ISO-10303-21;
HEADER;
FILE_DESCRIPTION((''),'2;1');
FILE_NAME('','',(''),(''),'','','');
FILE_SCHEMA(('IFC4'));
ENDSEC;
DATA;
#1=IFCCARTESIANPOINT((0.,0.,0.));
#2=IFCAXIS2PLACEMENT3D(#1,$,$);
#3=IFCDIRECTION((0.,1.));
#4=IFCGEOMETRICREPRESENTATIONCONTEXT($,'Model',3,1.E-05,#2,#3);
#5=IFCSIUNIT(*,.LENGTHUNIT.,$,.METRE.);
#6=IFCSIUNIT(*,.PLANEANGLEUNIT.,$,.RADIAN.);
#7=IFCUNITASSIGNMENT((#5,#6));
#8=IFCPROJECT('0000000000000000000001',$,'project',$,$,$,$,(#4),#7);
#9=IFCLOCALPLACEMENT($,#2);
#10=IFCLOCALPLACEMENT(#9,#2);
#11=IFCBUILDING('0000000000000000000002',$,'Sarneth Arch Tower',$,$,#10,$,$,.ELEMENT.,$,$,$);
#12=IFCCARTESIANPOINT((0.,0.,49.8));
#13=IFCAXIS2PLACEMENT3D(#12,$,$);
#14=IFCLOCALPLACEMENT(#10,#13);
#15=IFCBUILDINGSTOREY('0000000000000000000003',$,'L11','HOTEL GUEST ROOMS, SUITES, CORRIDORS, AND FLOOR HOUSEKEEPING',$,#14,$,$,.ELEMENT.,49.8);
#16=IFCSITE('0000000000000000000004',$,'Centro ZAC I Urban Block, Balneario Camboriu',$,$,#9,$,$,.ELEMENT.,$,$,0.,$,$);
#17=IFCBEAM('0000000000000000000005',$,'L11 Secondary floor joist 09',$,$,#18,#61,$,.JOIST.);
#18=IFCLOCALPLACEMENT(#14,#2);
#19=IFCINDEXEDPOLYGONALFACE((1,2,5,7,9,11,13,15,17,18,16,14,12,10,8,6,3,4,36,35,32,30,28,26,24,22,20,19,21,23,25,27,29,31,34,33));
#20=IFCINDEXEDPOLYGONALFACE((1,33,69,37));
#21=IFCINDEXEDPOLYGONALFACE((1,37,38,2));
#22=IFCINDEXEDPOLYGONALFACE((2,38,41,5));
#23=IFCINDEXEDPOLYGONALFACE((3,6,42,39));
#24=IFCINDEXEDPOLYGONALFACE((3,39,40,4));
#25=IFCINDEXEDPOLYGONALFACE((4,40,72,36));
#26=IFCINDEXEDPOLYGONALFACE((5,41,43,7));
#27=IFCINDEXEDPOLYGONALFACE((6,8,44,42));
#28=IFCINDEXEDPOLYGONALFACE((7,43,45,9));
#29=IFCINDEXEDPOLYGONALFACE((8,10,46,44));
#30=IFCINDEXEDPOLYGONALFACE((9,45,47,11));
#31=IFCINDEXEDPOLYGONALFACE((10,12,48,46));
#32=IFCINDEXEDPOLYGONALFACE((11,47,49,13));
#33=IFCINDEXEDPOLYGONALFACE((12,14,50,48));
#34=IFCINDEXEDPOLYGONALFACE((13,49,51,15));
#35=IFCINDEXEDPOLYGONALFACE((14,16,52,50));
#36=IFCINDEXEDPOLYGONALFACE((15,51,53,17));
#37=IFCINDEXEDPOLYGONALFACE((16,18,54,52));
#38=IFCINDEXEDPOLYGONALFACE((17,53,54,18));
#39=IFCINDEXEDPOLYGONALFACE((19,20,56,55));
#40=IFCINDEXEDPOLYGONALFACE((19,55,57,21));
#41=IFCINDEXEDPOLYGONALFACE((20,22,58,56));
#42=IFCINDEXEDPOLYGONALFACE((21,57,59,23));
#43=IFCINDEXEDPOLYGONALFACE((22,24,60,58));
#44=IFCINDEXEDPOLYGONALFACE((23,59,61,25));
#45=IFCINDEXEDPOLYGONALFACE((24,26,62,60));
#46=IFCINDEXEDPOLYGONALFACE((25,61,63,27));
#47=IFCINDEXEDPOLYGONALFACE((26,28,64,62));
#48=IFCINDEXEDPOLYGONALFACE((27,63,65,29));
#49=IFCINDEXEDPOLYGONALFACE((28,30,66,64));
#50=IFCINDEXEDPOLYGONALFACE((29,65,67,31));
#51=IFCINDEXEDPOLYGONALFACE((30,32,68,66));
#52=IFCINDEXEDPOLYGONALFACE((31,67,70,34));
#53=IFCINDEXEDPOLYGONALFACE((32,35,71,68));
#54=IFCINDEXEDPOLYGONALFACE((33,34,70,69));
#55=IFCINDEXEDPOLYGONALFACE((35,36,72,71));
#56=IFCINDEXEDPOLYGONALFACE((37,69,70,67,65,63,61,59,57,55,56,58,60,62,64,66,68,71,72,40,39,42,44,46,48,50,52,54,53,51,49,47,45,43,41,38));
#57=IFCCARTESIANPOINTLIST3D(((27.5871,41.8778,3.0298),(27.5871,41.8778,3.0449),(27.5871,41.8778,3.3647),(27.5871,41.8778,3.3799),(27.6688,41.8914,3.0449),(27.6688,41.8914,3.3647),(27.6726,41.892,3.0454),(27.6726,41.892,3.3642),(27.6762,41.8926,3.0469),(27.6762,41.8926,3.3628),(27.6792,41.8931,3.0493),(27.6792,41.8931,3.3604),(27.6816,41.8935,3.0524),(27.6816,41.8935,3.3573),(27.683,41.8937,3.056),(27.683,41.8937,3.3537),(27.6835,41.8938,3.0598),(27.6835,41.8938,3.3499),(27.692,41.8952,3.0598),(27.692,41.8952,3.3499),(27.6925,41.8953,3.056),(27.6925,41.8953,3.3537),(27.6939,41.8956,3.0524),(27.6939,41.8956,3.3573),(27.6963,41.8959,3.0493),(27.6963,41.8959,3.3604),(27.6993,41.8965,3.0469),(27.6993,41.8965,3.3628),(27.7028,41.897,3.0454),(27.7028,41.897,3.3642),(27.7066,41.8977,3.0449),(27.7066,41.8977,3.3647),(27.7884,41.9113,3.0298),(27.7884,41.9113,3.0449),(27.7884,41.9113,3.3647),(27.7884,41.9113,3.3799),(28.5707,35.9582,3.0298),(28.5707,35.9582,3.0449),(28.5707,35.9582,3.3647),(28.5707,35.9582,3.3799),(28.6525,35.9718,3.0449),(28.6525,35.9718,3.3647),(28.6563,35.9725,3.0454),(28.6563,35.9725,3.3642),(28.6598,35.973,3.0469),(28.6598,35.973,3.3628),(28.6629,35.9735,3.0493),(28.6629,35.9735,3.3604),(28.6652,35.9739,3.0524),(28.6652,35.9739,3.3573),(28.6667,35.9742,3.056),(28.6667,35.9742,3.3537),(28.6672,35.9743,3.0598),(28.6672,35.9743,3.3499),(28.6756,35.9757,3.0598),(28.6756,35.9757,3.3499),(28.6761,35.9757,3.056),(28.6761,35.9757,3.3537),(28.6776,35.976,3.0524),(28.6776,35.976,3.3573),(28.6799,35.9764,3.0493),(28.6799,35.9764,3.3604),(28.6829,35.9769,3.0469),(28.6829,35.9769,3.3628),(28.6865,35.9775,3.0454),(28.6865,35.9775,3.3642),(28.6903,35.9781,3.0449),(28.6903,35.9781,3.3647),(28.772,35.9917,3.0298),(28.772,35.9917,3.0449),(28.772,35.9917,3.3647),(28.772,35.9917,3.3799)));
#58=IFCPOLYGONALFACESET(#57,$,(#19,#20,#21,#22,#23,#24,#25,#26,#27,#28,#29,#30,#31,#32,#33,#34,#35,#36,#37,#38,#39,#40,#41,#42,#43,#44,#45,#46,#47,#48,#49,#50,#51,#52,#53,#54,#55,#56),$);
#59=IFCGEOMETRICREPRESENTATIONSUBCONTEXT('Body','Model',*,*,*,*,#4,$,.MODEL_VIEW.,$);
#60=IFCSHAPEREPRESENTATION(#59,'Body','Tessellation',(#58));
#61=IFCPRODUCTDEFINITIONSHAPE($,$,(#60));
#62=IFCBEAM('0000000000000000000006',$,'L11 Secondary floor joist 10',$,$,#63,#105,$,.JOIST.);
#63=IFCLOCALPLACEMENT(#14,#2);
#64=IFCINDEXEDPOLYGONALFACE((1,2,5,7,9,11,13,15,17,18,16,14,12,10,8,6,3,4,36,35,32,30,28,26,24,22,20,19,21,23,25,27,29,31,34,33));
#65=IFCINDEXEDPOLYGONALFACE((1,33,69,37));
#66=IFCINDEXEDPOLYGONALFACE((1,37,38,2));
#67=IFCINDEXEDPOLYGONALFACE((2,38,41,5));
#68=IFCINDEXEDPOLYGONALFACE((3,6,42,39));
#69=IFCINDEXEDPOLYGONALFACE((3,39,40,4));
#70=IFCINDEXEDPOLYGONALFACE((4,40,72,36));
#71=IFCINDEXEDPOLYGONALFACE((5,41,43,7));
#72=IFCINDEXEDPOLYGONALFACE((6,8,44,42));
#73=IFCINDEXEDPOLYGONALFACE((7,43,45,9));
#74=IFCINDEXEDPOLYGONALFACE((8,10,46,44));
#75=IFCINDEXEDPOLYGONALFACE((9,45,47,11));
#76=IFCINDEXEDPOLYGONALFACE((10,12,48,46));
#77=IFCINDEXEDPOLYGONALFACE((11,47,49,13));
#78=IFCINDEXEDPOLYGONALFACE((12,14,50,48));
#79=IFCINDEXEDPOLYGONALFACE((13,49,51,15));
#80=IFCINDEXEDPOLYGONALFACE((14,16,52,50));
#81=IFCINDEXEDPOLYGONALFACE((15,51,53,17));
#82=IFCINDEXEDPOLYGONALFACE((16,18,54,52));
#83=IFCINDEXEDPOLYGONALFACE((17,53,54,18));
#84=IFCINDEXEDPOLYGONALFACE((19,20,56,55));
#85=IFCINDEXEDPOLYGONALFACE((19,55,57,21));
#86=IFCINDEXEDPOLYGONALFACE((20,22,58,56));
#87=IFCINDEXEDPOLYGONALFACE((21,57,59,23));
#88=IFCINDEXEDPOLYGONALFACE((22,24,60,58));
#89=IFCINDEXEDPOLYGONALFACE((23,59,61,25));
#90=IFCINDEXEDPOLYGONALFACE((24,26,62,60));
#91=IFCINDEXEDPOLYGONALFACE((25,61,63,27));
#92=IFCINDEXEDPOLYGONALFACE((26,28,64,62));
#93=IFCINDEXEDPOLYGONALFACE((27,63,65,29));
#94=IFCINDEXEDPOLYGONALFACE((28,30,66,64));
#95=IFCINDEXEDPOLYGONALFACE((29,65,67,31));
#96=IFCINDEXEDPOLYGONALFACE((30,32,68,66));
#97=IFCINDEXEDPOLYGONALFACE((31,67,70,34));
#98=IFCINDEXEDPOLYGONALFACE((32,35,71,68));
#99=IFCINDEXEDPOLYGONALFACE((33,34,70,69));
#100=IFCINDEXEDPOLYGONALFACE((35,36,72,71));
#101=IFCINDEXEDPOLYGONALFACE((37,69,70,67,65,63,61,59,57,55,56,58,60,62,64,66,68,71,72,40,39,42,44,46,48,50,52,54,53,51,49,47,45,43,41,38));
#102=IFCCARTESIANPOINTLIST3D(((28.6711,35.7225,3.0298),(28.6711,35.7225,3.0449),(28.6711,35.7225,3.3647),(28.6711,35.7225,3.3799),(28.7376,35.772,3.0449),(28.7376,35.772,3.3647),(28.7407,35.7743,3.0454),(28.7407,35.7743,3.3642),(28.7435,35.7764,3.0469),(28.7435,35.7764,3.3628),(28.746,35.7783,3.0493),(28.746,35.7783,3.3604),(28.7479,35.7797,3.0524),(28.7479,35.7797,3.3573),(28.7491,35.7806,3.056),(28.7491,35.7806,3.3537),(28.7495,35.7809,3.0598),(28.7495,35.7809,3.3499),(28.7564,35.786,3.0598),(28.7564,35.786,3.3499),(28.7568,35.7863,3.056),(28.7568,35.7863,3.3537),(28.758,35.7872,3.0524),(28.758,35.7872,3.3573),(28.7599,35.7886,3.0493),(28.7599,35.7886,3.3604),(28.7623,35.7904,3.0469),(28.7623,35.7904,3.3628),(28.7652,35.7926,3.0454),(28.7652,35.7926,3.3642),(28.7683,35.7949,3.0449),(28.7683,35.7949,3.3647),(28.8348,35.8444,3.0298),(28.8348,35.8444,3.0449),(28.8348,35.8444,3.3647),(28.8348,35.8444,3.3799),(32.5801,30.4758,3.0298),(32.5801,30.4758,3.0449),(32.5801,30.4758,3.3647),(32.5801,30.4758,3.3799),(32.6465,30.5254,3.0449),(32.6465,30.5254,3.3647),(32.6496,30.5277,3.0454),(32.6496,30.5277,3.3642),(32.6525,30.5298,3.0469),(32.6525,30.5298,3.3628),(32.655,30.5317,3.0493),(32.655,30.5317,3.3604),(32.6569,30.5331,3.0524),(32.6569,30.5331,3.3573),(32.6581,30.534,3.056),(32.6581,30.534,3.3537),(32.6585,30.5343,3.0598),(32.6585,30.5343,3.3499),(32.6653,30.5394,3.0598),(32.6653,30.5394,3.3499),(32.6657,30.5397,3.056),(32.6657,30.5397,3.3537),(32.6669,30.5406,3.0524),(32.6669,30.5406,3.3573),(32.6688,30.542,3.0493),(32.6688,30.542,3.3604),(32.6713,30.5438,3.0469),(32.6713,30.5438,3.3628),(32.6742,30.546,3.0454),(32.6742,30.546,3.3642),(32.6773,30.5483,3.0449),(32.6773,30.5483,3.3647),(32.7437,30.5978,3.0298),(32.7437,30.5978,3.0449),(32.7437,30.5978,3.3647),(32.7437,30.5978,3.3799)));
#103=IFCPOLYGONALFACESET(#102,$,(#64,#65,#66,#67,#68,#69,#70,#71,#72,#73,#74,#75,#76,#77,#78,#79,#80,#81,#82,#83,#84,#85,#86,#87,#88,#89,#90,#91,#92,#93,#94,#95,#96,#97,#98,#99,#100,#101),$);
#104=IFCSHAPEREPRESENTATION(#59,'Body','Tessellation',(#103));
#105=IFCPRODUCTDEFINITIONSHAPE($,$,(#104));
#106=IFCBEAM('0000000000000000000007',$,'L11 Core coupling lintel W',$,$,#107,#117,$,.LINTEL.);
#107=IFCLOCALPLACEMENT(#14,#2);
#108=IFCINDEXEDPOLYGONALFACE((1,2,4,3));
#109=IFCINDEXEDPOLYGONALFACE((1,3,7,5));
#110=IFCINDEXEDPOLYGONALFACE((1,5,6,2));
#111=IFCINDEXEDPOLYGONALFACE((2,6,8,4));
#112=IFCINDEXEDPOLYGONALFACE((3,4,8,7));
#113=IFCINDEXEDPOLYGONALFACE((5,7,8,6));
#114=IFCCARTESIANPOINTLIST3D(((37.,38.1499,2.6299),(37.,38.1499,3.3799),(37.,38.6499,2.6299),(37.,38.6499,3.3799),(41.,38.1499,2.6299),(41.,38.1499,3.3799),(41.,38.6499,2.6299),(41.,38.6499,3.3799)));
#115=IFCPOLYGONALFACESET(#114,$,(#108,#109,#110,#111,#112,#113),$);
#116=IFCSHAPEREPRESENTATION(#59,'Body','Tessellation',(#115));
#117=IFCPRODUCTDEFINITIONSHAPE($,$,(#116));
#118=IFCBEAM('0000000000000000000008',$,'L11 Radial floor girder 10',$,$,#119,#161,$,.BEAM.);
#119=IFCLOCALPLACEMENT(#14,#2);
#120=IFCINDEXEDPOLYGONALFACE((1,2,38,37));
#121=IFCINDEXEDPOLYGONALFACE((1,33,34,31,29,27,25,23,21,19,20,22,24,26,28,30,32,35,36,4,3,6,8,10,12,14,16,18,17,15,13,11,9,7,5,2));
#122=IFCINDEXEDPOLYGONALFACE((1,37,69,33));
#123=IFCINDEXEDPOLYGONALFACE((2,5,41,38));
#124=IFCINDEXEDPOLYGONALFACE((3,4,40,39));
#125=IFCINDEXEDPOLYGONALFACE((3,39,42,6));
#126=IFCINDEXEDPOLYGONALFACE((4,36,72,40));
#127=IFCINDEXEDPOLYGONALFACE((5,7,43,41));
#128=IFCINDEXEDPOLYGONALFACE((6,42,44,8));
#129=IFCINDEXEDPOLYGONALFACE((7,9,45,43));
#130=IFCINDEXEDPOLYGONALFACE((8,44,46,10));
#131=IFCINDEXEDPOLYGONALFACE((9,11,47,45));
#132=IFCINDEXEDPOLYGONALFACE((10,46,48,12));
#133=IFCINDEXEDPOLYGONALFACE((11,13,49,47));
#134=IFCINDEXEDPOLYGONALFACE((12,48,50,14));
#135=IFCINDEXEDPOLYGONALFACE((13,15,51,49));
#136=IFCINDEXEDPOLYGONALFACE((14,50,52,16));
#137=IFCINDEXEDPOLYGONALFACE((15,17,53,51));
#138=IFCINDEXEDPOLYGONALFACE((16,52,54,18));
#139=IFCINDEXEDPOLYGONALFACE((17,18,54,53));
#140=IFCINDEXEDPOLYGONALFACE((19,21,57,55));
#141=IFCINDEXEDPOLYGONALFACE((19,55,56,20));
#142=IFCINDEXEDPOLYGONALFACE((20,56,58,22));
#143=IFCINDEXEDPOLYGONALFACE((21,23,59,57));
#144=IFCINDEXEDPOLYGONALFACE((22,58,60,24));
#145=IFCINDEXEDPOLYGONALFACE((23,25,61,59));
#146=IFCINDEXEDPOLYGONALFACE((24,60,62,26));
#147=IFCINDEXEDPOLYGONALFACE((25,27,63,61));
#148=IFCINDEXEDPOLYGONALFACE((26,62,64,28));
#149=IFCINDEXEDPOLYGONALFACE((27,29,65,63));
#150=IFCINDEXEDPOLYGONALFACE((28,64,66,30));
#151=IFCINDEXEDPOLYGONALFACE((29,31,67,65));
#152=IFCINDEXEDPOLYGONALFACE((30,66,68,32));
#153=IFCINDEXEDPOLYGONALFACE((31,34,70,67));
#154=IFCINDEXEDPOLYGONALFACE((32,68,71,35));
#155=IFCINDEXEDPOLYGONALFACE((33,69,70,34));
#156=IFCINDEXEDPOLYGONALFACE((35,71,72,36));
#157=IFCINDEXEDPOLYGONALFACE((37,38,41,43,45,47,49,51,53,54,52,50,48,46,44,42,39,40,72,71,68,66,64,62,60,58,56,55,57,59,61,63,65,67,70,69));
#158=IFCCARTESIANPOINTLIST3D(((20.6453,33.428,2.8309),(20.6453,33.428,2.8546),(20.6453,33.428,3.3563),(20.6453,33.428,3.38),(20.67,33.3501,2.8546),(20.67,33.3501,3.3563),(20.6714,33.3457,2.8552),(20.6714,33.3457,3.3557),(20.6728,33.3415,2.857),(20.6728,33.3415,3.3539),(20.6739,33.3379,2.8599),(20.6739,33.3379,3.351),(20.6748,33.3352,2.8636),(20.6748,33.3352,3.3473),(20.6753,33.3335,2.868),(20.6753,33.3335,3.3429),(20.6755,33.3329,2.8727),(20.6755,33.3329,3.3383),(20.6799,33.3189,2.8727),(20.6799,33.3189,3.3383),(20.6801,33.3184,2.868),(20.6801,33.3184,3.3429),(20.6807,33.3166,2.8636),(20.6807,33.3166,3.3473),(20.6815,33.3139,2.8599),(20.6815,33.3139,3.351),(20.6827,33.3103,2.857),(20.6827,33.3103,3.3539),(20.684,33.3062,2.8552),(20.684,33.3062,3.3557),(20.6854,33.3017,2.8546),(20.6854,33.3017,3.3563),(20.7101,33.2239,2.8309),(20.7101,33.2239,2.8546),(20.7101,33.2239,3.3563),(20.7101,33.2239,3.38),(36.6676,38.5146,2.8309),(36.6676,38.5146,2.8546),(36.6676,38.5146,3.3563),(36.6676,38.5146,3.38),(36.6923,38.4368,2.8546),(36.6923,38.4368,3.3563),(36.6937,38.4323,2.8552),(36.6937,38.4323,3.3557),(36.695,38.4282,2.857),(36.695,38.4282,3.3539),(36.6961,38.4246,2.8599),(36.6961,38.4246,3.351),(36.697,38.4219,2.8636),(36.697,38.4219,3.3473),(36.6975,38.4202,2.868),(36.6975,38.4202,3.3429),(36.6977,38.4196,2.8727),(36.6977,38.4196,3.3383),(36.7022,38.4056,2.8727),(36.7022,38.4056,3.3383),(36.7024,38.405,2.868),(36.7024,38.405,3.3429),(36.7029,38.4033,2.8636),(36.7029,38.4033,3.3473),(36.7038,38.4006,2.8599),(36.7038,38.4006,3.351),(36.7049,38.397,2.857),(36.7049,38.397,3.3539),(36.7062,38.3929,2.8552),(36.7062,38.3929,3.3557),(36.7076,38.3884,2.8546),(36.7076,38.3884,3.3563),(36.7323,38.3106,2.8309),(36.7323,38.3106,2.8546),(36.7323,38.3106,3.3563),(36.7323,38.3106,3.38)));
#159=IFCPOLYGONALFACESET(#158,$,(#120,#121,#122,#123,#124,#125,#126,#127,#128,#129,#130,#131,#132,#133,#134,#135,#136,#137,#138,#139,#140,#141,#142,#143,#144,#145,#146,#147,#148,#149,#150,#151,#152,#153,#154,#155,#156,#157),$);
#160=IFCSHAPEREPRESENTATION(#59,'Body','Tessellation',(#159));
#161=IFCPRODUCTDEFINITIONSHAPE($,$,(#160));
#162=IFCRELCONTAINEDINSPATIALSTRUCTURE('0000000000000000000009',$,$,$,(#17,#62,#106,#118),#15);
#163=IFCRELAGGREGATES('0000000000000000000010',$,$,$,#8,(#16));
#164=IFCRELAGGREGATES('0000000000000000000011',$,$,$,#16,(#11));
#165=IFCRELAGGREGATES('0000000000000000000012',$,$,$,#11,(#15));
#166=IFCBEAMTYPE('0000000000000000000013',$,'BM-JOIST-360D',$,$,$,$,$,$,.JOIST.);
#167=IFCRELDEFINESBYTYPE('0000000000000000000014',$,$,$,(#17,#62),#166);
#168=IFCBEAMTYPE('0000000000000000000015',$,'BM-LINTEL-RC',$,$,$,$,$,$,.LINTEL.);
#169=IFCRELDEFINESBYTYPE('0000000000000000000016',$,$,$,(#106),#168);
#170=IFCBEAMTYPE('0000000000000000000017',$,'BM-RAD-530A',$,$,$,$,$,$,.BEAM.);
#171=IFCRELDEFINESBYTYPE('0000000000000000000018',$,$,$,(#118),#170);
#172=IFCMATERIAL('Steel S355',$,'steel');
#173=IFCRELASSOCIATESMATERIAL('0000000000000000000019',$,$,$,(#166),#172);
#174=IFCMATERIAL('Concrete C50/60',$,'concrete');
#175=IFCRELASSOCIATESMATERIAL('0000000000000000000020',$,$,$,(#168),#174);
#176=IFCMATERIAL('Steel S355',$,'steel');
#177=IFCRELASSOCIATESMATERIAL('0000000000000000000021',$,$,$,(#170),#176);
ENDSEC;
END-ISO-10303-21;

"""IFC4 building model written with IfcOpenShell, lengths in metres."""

from ifc_helpers import new_model, si_unit, direction, frame, origin, origin_2d, place, context, subcontext, project, spatial, rectangle, i_section, extrude, material, material_profile, profile_set, type_object, element, save


model = new_model("IFC4")

# Units and contexts
model_context = context("Model", 3, precision=1e-05, world=origin(), true_north=direction((0.0, 1.0)))
body_context = subcontext(model_context, "Body", "Model", "MODEL_VIEW")
ifc_project = project(units=[si_unit("LENGTHUNIT", "METRE"), si_unit("PLANEANGLEUNIT", "RADIAN")], contexts=[model_context])

# Site, building, storey
site_placement = place(None, origin())
site = spatial("IfcSite", under=ifc_project, at=site_placement, Name="Centro ZAC I Urban Block, Balneario Camboriu", CompositionType="ELEMENT", RefElevation=0.0)
building_placement = place(site_placement, origin())
building = spatial("IfcBuilding", under=site, at=building_placement, Name="Sarneth Arch Tower", CompositionType="ELEMENT")
storey_placement = place(building_placement, frame((0.0, 0.0, 49.8)))
storey = spatial("IfcBuildingStorey", under=building, at=storey_placement, Name="L11", Description="HOTEL GUEST ROOMS, SUITES, CORRIDORS, AND FLOOR HOUSEKEEPING", CompositionType="ELEMENT", Elevation=49.8)

# Beams
ifc_material_1 = material(Name="Steel S355", Category="steel")
ifc_material_profile_1 = material_profile(ifc_material_1, i_section(OverallWidth=0.2041, OverallDepth=0.3501, WebThickness=0.0085, FlangeThickness=0.0151, FilletRadius=0.0149, at=origin_2d()), Name="W360x72")
ifc_profile_set_1 = profile_set([ifc_material_profile_1], Name="Steel S355")
beam_type_1 = type_object("IfcBeamType", Name="BM-JOIST-360D", PredefinedType="JOIST", material=ifc_profile_set_1)
beam_1_placement = place(storey_placement, frame((27.6877, 41.8945, 3.2048), z_axis=(0.163917, -0.986474, 0.0), x_axis=(0.986474, 0.163917, 0.0)))
element("IfcBeam", 1, at=beam_1_placement, inside=storey, type_object=beam_type_1, Name="L11 Secondary floor joist 09", PredefinedType="JOIST", context=body_context, shape_type="SweptSolid", body=[
    extrude(i_section(OverallWidth=0.2041, OverallDepth=0.3501, WebThickness=0.0085, FlangeThickness=0.0151, FilletRadius=0.0149, at=origin_2d()), origin(), (0.0, 0.0, 1.0), 6.0007),
])
beam_2_placement = place(storey_placement, frame((28.7529, 35.7834, 3.2048), z_axis=(0.597454, -0.801904, 0.0), x_axis=(0.801904, 0.597454, 0.0)))
element("IfcBeam", 2, at=beam_2_placement, inside=storey, type_object=beam_type_1, Name="L11 Secondary floor joist 10", PredefinedType="JOIST", context=body_context, shape_type="SweptSolid", body=[
    extrude(i_section(OverallWidth=0.2041, OverallDepth=0.3501, WebThickness=0.0085, FlangeThickness=0.0151, FilletRadius=0.0149, at=origin_2d()), origin(), (0.0, 0.0, 1.0), 6.5427),
])
ifc_material_2 = material(Name="Concrete C50/60", Category="concrete")
ifc_material_profile_2 = material_profile(ifc_material_2, rectangle(XDim=0.5, YDim=0.75, at=origin_2d()), Name="RC-500x750")
ifc_profile_set_2 = profile_set([ifc_material_profile_2], Name="Concrete C50/60")
beam_type_2 = type_object("IfcBeamType", Name="BM-LINTEL-RC", PredefinedType="LINTEL", material=ifc_profile_set_2)
beam_3_placement = place(storey_placement, frame((37.0, 38.3999, 3.0049), z_axis=(1.0, 0.0, 0.0), x_axis=(0.0, 1.0, 0.0)))
element("IfcBeam", 3, at=beam_3_placement, inside=storey, type_object=beam_type_2, Name="L11 Core coupling lintel W", PredefinedType="LINTEL", context=body_context, shape_type="SweptSolid", body=[
    extrude(rectangle(XDim=0.5, YDim=0.75, at=origin_2d()), origin(), (0.0, 0.0, 1.0), 4.0),
])
ifc_material_3 = material(Name="Steel S355", Category="steel")
ifc_material_profile_3 = material_profile(ifc_material_3, i_section(OverallWidth=0.2141, OverallDepth=0.5491, WebThickness=0.0146, FlangeThickness=0.0237, FilletRadius=0.0181, at=origin_2d()), Name="W530x138")
ifc_profile_set_3 = profile_set([ifc_material_profile_3], Name="Steel S355")
beam_type_3 = type_object("IfcBeamType", Name="BM-RAD-530A", PredefinedType="BEAM", material=ifc_profile_set_3)
beam_4_placement = place(storey_placement, frame((36.7, 38.4126, 3.1055), z_axis=(-0.95312, -0.302593, 0.0), x_axis=(0.302593, -0.95312, 0.0)))
element("IfcBeam", 4, at=beam_4_placement, inside=storey, type_object=beam_type_3, Name="L11 Radial floor girder 10", PredefinedType="BEAM", context=body_context, shape_type="SweptSolid", body=[
    extrude(i_section(OverallWidth=0.2141, OverallDepth=0.5491, WebThickness=0.0146, FlangeThickness=0.0237, FilletRadius=0.0181, at=origin_2d()), origin(), (0.0, 0.0, 1.0), 16.8103),
])

save(model, "model.ifc")
